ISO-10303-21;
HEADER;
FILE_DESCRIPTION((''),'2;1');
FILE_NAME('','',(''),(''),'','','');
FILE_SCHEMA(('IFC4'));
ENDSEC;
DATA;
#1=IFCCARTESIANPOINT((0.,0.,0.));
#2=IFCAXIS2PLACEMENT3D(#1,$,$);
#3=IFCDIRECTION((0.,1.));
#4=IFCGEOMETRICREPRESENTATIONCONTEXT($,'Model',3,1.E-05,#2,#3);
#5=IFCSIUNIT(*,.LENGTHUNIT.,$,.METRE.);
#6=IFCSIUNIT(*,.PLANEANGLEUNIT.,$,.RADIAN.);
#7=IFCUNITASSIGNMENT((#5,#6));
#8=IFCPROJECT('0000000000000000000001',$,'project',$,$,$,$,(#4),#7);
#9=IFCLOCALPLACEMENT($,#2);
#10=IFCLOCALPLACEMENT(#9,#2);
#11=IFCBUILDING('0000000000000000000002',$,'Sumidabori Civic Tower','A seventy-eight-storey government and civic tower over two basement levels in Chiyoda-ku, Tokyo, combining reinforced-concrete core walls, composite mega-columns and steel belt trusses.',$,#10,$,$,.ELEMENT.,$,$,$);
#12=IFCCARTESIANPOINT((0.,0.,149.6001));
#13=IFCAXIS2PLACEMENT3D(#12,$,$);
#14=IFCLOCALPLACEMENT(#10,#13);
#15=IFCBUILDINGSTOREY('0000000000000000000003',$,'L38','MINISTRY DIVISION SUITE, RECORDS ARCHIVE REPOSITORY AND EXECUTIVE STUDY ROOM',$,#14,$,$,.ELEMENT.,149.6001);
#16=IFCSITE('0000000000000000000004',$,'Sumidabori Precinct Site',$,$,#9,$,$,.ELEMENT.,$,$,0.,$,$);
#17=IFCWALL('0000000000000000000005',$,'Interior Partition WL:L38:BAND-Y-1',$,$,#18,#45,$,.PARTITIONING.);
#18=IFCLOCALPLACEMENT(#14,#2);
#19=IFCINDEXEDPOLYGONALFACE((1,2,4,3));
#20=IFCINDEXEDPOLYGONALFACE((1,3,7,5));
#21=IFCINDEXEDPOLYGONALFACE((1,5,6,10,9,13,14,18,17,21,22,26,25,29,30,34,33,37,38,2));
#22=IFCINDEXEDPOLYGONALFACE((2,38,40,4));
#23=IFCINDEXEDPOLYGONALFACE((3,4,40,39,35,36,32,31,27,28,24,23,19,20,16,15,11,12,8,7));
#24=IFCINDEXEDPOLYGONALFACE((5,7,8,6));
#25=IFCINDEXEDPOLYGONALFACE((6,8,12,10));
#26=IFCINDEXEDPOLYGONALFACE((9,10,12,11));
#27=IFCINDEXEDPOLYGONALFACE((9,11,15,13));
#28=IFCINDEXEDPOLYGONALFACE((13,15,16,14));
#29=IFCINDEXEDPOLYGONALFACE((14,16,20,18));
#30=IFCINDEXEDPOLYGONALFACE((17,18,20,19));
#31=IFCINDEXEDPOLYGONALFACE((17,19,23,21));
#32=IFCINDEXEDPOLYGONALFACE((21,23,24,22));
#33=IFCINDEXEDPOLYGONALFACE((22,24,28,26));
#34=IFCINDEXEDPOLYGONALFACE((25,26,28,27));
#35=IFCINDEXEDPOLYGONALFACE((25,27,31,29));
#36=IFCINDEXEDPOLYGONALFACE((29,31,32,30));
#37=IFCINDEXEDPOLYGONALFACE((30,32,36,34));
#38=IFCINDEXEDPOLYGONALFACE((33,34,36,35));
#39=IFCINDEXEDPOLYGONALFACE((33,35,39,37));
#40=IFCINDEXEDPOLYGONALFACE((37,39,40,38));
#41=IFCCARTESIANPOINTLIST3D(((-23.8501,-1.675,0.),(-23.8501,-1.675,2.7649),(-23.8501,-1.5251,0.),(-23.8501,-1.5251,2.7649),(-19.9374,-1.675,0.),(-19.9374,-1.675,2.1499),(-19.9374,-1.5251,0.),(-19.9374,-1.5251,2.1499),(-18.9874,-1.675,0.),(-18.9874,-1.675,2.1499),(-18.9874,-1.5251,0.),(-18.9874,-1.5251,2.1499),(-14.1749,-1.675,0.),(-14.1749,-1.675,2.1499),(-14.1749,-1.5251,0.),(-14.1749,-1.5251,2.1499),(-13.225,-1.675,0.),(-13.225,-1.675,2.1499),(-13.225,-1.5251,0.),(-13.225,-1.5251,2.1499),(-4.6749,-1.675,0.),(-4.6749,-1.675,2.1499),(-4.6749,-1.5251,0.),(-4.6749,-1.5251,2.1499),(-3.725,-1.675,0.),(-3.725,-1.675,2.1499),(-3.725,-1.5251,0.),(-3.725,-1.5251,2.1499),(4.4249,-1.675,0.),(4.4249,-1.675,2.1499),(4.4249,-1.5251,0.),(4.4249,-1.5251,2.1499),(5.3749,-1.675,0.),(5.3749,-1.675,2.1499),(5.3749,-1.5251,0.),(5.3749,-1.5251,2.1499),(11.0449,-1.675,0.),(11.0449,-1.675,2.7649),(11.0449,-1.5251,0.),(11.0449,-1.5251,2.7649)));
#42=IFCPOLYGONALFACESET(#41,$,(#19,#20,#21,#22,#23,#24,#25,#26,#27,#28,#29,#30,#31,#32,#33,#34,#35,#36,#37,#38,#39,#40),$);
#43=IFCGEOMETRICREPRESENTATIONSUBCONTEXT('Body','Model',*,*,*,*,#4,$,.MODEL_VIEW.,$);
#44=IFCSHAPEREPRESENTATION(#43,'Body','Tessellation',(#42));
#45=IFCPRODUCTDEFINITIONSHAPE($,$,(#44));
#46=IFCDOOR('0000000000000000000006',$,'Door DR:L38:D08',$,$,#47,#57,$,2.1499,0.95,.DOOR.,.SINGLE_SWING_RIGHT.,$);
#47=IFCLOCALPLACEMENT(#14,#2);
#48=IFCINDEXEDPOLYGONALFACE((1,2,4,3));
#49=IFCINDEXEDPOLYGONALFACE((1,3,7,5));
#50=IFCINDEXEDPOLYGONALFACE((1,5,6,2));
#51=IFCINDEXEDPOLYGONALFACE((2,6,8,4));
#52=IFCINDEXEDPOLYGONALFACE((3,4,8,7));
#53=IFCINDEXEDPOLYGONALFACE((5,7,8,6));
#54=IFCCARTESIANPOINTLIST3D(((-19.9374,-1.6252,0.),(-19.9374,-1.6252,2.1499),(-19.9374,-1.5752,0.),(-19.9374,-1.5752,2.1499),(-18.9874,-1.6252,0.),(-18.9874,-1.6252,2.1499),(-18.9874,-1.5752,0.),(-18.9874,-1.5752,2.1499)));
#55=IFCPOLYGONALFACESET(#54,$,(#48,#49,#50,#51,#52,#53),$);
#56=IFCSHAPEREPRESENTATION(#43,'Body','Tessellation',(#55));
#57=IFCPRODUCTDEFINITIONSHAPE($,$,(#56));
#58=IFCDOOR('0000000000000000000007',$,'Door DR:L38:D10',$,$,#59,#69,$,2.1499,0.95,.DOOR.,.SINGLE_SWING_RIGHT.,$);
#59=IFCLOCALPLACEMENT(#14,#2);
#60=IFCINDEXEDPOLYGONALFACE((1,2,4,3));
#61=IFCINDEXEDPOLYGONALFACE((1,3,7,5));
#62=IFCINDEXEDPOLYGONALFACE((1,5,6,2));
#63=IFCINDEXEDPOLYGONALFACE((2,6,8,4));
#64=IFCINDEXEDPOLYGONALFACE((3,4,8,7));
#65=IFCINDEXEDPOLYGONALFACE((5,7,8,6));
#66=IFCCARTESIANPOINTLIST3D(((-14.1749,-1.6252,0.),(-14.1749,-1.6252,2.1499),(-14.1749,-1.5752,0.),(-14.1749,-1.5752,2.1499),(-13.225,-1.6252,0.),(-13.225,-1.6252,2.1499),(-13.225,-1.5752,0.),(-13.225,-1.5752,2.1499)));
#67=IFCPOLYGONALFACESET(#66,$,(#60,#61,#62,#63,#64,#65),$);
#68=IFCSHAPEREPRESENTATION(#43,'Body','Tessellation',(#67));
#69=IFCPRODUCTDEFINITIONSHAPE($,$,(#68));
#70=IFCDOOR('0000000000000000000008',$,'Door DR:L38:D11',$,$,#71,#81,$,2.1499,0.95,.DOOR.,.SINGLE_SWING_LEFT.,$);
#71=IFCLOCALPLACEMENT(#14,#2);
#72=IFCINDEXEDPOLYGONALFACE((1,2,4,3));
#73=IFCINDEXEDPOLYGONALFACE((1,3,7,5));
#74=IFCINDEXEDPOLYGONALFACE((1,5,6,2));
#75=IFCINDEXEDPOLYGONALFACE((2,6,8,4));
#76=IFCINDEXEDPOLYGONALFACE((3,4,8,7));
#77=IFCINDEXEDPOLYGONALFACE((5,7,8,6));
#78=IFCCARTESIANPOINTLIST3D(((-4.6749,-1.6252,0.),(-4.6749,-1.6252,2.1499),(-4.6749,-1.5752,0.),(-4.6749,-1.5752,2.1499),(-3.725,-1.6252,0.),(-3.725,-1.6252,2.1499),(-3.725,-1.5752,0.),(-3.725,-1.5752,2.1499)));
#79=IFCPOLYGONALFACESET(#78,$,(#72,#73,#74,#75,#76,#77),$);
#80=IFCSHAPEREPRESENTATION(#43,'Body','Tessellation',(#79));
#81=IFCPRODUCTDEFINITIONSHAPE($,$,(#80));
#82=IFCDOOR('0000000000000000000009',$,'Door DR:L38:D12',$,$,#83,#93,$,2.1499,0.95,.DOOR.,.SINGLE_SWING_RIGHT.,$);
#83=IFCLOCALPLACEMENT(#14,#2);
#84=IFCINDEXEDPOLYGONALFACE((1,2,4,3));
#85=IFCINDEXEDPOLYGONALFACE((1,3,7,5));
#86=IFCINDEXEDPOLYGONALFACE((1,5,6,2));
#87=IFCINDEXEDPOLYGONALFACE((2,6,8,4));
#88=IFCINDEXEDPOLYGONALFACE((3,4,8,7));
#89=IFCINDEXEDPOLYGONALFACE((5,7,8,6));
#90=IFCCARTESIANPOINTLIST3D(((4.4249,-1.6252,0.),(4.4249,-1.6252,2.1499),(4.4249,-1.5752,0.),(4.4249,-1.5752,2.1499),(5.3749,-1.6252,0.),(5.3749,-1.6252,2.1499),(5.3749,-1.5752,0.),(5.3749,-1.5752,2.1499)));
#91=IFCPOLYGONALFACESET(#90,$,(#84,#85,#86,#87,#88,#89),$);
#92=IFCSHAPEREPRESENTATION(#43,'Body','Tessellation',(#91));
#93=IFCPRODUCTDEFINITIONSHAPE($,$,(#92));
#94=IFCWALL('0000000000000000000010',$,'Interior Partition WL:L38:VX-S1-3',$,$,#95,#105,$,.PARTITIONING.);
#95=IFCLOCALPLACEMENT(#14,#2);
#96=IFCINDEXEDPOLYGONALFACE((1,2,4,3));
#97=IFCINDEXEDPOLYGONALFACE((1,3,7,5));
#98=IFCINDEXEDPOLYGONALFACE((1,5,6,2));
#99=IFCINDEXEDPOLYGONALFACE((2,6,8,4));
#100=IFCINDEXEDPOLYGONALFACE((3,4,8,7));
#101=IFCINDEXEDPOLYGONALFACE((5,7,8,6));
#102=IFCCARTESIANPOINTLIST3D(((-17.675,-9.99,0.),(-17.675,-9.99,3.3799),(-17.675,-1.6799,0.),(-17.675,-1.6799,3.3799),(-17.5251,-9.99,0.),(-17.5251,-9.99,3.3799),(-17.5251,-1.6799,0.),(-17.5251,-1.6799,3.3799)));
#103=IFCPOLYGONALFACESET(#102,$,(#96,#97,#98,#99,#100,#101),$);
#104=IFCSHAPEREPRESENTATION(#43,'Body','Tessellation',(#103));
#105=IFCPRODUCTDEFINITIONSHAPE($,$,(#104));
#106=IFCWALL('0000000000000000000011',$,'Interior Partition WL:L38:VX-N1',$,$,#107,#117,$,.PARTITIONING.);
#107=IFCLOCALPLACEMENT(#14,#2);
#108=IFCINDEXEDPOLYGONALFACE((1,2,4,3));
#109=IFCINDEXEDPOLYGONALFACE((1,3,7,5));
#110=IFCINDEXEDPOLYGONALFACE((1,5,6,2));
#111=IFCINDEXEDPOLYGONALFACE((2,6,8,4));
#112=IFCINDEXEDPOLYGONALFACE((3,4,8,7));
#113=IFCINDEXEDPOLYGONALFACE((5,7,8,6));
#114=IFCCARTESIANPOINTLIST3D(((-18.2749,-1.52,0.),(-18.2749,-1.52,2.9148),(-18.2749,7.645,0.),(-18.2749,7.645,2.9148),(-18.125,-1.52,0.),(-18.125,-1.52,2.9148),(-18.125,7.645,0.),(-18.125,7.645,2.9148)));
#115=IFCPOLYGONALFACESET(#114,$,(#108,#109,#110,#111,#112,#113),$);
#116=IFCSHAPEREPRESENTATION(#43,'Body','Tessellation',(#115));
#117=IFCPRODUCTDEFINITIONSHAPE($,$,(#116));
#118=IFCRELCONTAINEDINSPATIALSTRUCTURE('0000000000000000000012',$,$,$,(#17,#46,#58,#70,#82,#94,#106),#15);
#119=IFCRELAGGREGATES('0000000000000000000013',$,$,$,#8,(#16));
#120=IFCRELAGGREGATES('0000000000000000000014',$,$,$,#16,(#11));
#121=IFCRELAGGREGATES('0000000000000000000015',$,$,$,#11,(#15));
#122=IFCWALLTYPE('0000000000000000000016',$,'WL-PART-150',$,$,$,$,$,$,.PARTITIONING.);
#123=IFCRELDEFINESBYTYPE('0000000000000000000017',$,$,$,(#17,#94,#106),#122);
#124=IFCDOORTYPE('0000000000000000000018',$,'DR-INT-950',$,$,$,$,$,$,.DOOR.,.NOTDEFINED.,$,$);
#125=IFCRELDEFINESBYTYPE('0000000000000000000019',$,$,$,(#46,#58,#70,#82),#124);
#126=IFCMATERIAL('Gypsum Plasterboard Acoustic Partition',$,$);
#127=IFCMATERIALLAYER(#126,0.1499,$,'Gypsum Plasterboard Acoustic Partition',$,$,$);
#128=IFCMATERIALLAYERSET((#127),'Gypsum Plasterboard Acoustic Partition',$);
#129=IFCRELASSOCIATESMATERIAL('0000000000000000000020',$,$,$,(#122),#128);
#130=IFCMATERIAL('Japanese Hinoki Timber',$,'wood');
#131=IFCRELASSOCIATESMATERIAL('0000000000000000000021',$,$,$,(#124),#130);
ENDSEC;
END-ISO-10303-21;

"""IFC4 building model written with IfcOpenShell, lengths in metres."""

from ifc_helpers import new_model, si_unit, direction, frame, frame_2d, origin, place, context, subcontext, project, spatial, rectangle, extrude, source, transform, mapped, material, layer, layer_set, type_object, element, fill, save


model = new_model("IFC4")

# Units and contexts
model_context = context("Model", 3, precision=1e-05, world=origin(), true_north=direction((0.0, 1.0)))
body_context = subcontext(model_context, "Body", "Model", "MODEL_VIEW")
ifc_project = project(units=[si_unit("LENGTHUNIT", "METRE"), si_unit("PLANEANGLEUNIT", "RADIAN")], contexts=[model_context])

# Site, building, storey
site_placement = place(None, origin())
site = spatial("IfcSite", under=ifc_project, at=site_placement, Name="Sumidabori Precinct Site", CompositionType="ELEMENT", RefElevation=0.0)
building_placement = place(site_placement, origin())
building = spatial("IfcBuilding", under=site, at=building_placement, Name="Sumidabori Civic Tower", Description="A seventy-eight-storey government and civic tower over two basement levels in Chiyoda-ku, Tokyo, combining reinforced-concrete core walls, composite mega-columns and steel belt trusses.", CompositionType="ELEMENT")
storey_placement = place(building_placement, frame((0.0, 0.0, 149.6001)))
storey = spatial("IfcBuildingStorey", under=building, at=storey_placement, Name="L38", Description="MINISTRY DIVISION SUITE, RECORDS ARCHIVE REPOSITORY AND EXECUTIVE STUDY ROOM", CompositionType="ELEMENT", Elevation=149.6001)

# Wall, openings, doors
ifc_material_1 = material(Name="Gypsum Plasterboard Acoustic Partition")
ifc_layer_1 = layer(ifc_material_1, 0.1499, Name="Gypsum Plasterboard Acoustic Partition")
ifc_layer_set_1 = layer_set([ifc_layer_1], Name="Gypsum Plasterboard Acoustic Partition")
wall_type = type_object("IfcWallType", Name="WL-PART-150", PredefinedType="PARTITIONING", material=ifc_layer_set_1)
shared_shape_1 = source(origin(), body_context, "Body", "SweptSolid", [
    extrude(rectangle(XDim=34.895, YDim=0.1499, at=frame_2d((17.4475, 0.0))), origin(), (0.0, 0.0, 1.0), 2.7649),
])
wall_1_placement = place(storey_placement, frame((-23.8501, -1.6001, 0.0), z_axis=(0.0, 0.0, 1.0), x_axis=(1.0, 0.0, 0.0)))
wall_1 = element("IfcWall", 1, at=wall_1_placement, inside=storey, type_object=wall_type, Name="Interior Partition WL:L38:BAND-Y-1", PredefinedType="PARTITIONING", context=body_context, shape_type="MappedRepresentation", body=[
    mapped(shared_shape_1, transform((0.0, 0.0, 0.0), x_axis=(1.0, 0.0, 0.0), y_axis=(0.0, 1.0, 0.0), z_axis=(0.0, 0.0, 1.0), scale=1.0)),
])
opening_1_placement = place(wall_1_placement, frame((3.9126, 0.0, 0.0)))
opening_1 = element("IfcOpeningElement", 2, at=opening_1_placement, cuts=wall_1, PredefinedType="OPENING", context=body_context, shape_type="SweptSolid", body=[
    extrude(rectangle(XDim=0.95, YDim=2.1499, at=frame_2d((0.4751, 1.075))), frame((0.0, 0.0869, 0.0), z_axis=(0.0, -1.0, 0.0), x_axis=(1.0, 0.0, 0.0)), (0.0, 0.0, 1.0), 0.1738),
])
opening_2_placement = place(wall_1_placement, frame((9.675, 0.0, 0.0)))
opening_2 = element("IfcOpeningElement", 3, at=opening_2_placement, cuts=wall_1, PredefinedType="OPENING", context=body_context, shape_type="SweptSolid", body=[
    extrude(rectangle(XDim=0.95, YDim=2.1499, at=frame_2d((0.4751, 1.075))), frame((0.0, 0.0869, 0.0), z_axis=(0.0, -1.0, 0.0), x_axis=(1.0, 0.0, 0.0)), (0.0, 0.0, 1.0), 0.1738),
])
opening_3_placement = place(wall_1_placement, frame((19.175, 0.0, 0.0)))
opening_3 = element("IfcOpeningElement", 4, at=opening_3_placement, cuts=wall_1, PredefinedType="OPENING", context=body_context, shape_type="SweptSolid", body=[
    extrude(rectangle(XDim=0.95, YDim=2.1499, at=frame_2d((0.4751, 1.075))), frame((0.0, 0.0869, 0.0), z_axis=(0.0, -1.0, 0.0), x_axis=(1.0, 0.0, 0.0)), (0.0, 0.0, 1.0), 0.1738),
])
opening_4_placement = place(wall_1_placement, frame((28.2749, 0.0, 0.0)))
opening_4 = element("IfcOpeningElement", 5, at=opening_4_placement, cuts=wall_1, PredefinedType="OPENING", context=body_context, shape_type="SweptSolid", body=[
    extrude(rectangle(XDim=0.95, YDim=2.1499, at=frame_2d((0.4751, 1.075))), frame((0.0, 0.0869, 0.0), z_axis=(0.0, -1.0, 0.0), x_axis=(1.0, 0.0, 0.0)), (0.0, 0.0, 1.0), 0.1738),
])
ifc_material_2 = material(Name="Japanese Hinoki Timber", Category="wood")
door_type = type_object("IfcDoorType", Name="DR-INT-950", OperationType="NOTDEFINED", PredefinedType="DOOR", material=ifc_material_2)
shared_shape_2 = source(origin(), body_context, "Body", "SweptSolid", [
    extrude(rectangle(XDim=0.95, YDim=2.1499, at=frame_2d((0.4751, 1.075))), frame((0.0, 0.0249, 0.0), z_axis=(0.0, -1.0, 0.0), x_axis=(1.0, 0.0, 0.0)), (0.0, 0.0, 1.0), 0.05),
])
door_1_placement = place(opening_1_placement, origin())
door_1 = element("IfcDoor", 6, at=door_1_placement, inside=storey, type_object=door_type, Name="Door DR:L38:D08", OperationType="SINGLE_SWING_RIGHT", OverallHeight=2.1499, OverallWidth=0.95, PredefinedType="DOOR", context=body_context, shape_type="MappedRepresentation", body=[
    mapped(shared_shape_2, transform((0.0, 0.0, 0.0), x_axis=(1.0, 0.0, 0.0), y_axis=(0.0, 1.0, 0.0), z_axis=(0.0, 0.0, 1.0), scale=1.0)),
])
fill(opening_1, door_1)
door_2_placement = place(opening_2_placement, origin())
door_2 = element("IfcDoor", 7, at=door_2_placement, inside=storey, type_object=door_type, Name="Door DR:L38:D10", OperationType="SINGLE_SWING_RIGHT", OverallHeight=2.1499, OverallWidth=0.95, PredefinedType="DOOR", context=body_context, shape_type="MappedRepresentation", body=[
    mapped(shared_shape_2, transform((0.0, 0.0, 0.0), x_axis=(1.0, 0.0, 0.0), y_axis=(0.0, 1.0, 0.0), z_axis=(0.0, 0.0, 1.0), scale=1.0)),
])
fill(opening_2, door_2)
door_3_placement = place(opening_3_placement, origin())
door_3 = element("IfcDoor", 8, at=door_3_placement, inside=storey, type_object=door_type, Name="Door DR:L38:D11", OperationType="SINGLE_SWING_LEFT", OverallHeight=2.1499, OverallWidth=0.95, PredefinedType="DOOR", context=body_context, shape_type="MappedRepresentation", body=[
    mapped(shared_shape_2, transform((0.0, 0.0, 0.0), x_axis=(1.0, 0.0, 0.0), y_axis=(0.0, 1.0, 0.0), z_axis=(0.0, 0.0, 1.0), scale=1.0)),
])
fill(opening_3, door_3)
door_4_placement = place(opening_4_placement, origin())
door_4 = element("IfcDoor", 9, at=door_4_placement, inside=storey, type_object=door_type, Name="Door DR:L38:D12", OperationType="SINGLE_SWING_RIGHT", OverallHeight=2.1499, OverallWidth=0.95, PredefinedType="DOOR", context=body_context, shape_type="MappedRepresentation", body=[
    mapped(shared_shape_2, transform((0.0, 0.0, 0.0), x_axis=(1.0, 0.0, 0.0), y_axis=(0.0, 1.0, 0.0), z_axis=(0.0, 0.0, 1.0), scale=1.0)),
])
fill(opening_4, door_4)

# Walls
shared_shape_3 = source(origin(), body_context, "Body", "SweptSolid", [
    extrude(rectangle(XDim=8.3101, YDim=0.1499, at=frame_2d((4.155, 0.0))), origin(), (0.0, 0.0, 1.0), 3.3799),
])
wall_2_placement = place(storey_placement, frame((-17.6001, -9.99, 0.0), z_axis=(0.0, 0.0, 1.0), x_axis=(0.0, 1.0, 0.0)))
element("IfcWall", 10, at=wall_2_placement, inside=storey, type_object=wall_type, Name="Interior Partition WL:L38:VX-S1-3", PredefinedType="PARTITIONING", context=body_context, shape_type="MappedRepresentation", body=[
    mapped(shared_shape_3, transform((0.0, 0.0, 0.0), x_axis=(1.0, 0.0, 0.0), y_axis=(0.0, 1.0, 0.0), z_axis=(0.0, 0.0, 1.0), scale=1.0)),
])
shared_shape_4 = source(origin(), body_context, "Body", "SweptSolid", [
    extrude(rectangle(XDim=9.165, YDim=0.1499, at=frame_2d((4.5825, 0.0))), origin(), (0.0, 0.0, 1.0), 2.9148),
])
wall_3_placement = place(storey_placement, frame((-18.2, -1.52, 0.0), z_axis=(0.0, 0.0, 1.0), x_axis=(0.0, 1.0, 0.0)))
element("IfcWall", 11, at=wall_3_placement, inside=storey, type_object=wall_type, Name="Interior Partition WL:L38:VX-N1", PredefinedType="PARTITIONING", context=body_context, shape_type="MappedRepresentation", body=[
    mapped(shared_shape_4, transform((0.0, 0.0, 0.0), x_axis=(1.0, 0.0, 0.0), y_axis=(0.0, 1.0, 0.0), z_axis=(0.0, 0.0, 1.0), scale=1.0)),
])

save(model, "model.ifc")
